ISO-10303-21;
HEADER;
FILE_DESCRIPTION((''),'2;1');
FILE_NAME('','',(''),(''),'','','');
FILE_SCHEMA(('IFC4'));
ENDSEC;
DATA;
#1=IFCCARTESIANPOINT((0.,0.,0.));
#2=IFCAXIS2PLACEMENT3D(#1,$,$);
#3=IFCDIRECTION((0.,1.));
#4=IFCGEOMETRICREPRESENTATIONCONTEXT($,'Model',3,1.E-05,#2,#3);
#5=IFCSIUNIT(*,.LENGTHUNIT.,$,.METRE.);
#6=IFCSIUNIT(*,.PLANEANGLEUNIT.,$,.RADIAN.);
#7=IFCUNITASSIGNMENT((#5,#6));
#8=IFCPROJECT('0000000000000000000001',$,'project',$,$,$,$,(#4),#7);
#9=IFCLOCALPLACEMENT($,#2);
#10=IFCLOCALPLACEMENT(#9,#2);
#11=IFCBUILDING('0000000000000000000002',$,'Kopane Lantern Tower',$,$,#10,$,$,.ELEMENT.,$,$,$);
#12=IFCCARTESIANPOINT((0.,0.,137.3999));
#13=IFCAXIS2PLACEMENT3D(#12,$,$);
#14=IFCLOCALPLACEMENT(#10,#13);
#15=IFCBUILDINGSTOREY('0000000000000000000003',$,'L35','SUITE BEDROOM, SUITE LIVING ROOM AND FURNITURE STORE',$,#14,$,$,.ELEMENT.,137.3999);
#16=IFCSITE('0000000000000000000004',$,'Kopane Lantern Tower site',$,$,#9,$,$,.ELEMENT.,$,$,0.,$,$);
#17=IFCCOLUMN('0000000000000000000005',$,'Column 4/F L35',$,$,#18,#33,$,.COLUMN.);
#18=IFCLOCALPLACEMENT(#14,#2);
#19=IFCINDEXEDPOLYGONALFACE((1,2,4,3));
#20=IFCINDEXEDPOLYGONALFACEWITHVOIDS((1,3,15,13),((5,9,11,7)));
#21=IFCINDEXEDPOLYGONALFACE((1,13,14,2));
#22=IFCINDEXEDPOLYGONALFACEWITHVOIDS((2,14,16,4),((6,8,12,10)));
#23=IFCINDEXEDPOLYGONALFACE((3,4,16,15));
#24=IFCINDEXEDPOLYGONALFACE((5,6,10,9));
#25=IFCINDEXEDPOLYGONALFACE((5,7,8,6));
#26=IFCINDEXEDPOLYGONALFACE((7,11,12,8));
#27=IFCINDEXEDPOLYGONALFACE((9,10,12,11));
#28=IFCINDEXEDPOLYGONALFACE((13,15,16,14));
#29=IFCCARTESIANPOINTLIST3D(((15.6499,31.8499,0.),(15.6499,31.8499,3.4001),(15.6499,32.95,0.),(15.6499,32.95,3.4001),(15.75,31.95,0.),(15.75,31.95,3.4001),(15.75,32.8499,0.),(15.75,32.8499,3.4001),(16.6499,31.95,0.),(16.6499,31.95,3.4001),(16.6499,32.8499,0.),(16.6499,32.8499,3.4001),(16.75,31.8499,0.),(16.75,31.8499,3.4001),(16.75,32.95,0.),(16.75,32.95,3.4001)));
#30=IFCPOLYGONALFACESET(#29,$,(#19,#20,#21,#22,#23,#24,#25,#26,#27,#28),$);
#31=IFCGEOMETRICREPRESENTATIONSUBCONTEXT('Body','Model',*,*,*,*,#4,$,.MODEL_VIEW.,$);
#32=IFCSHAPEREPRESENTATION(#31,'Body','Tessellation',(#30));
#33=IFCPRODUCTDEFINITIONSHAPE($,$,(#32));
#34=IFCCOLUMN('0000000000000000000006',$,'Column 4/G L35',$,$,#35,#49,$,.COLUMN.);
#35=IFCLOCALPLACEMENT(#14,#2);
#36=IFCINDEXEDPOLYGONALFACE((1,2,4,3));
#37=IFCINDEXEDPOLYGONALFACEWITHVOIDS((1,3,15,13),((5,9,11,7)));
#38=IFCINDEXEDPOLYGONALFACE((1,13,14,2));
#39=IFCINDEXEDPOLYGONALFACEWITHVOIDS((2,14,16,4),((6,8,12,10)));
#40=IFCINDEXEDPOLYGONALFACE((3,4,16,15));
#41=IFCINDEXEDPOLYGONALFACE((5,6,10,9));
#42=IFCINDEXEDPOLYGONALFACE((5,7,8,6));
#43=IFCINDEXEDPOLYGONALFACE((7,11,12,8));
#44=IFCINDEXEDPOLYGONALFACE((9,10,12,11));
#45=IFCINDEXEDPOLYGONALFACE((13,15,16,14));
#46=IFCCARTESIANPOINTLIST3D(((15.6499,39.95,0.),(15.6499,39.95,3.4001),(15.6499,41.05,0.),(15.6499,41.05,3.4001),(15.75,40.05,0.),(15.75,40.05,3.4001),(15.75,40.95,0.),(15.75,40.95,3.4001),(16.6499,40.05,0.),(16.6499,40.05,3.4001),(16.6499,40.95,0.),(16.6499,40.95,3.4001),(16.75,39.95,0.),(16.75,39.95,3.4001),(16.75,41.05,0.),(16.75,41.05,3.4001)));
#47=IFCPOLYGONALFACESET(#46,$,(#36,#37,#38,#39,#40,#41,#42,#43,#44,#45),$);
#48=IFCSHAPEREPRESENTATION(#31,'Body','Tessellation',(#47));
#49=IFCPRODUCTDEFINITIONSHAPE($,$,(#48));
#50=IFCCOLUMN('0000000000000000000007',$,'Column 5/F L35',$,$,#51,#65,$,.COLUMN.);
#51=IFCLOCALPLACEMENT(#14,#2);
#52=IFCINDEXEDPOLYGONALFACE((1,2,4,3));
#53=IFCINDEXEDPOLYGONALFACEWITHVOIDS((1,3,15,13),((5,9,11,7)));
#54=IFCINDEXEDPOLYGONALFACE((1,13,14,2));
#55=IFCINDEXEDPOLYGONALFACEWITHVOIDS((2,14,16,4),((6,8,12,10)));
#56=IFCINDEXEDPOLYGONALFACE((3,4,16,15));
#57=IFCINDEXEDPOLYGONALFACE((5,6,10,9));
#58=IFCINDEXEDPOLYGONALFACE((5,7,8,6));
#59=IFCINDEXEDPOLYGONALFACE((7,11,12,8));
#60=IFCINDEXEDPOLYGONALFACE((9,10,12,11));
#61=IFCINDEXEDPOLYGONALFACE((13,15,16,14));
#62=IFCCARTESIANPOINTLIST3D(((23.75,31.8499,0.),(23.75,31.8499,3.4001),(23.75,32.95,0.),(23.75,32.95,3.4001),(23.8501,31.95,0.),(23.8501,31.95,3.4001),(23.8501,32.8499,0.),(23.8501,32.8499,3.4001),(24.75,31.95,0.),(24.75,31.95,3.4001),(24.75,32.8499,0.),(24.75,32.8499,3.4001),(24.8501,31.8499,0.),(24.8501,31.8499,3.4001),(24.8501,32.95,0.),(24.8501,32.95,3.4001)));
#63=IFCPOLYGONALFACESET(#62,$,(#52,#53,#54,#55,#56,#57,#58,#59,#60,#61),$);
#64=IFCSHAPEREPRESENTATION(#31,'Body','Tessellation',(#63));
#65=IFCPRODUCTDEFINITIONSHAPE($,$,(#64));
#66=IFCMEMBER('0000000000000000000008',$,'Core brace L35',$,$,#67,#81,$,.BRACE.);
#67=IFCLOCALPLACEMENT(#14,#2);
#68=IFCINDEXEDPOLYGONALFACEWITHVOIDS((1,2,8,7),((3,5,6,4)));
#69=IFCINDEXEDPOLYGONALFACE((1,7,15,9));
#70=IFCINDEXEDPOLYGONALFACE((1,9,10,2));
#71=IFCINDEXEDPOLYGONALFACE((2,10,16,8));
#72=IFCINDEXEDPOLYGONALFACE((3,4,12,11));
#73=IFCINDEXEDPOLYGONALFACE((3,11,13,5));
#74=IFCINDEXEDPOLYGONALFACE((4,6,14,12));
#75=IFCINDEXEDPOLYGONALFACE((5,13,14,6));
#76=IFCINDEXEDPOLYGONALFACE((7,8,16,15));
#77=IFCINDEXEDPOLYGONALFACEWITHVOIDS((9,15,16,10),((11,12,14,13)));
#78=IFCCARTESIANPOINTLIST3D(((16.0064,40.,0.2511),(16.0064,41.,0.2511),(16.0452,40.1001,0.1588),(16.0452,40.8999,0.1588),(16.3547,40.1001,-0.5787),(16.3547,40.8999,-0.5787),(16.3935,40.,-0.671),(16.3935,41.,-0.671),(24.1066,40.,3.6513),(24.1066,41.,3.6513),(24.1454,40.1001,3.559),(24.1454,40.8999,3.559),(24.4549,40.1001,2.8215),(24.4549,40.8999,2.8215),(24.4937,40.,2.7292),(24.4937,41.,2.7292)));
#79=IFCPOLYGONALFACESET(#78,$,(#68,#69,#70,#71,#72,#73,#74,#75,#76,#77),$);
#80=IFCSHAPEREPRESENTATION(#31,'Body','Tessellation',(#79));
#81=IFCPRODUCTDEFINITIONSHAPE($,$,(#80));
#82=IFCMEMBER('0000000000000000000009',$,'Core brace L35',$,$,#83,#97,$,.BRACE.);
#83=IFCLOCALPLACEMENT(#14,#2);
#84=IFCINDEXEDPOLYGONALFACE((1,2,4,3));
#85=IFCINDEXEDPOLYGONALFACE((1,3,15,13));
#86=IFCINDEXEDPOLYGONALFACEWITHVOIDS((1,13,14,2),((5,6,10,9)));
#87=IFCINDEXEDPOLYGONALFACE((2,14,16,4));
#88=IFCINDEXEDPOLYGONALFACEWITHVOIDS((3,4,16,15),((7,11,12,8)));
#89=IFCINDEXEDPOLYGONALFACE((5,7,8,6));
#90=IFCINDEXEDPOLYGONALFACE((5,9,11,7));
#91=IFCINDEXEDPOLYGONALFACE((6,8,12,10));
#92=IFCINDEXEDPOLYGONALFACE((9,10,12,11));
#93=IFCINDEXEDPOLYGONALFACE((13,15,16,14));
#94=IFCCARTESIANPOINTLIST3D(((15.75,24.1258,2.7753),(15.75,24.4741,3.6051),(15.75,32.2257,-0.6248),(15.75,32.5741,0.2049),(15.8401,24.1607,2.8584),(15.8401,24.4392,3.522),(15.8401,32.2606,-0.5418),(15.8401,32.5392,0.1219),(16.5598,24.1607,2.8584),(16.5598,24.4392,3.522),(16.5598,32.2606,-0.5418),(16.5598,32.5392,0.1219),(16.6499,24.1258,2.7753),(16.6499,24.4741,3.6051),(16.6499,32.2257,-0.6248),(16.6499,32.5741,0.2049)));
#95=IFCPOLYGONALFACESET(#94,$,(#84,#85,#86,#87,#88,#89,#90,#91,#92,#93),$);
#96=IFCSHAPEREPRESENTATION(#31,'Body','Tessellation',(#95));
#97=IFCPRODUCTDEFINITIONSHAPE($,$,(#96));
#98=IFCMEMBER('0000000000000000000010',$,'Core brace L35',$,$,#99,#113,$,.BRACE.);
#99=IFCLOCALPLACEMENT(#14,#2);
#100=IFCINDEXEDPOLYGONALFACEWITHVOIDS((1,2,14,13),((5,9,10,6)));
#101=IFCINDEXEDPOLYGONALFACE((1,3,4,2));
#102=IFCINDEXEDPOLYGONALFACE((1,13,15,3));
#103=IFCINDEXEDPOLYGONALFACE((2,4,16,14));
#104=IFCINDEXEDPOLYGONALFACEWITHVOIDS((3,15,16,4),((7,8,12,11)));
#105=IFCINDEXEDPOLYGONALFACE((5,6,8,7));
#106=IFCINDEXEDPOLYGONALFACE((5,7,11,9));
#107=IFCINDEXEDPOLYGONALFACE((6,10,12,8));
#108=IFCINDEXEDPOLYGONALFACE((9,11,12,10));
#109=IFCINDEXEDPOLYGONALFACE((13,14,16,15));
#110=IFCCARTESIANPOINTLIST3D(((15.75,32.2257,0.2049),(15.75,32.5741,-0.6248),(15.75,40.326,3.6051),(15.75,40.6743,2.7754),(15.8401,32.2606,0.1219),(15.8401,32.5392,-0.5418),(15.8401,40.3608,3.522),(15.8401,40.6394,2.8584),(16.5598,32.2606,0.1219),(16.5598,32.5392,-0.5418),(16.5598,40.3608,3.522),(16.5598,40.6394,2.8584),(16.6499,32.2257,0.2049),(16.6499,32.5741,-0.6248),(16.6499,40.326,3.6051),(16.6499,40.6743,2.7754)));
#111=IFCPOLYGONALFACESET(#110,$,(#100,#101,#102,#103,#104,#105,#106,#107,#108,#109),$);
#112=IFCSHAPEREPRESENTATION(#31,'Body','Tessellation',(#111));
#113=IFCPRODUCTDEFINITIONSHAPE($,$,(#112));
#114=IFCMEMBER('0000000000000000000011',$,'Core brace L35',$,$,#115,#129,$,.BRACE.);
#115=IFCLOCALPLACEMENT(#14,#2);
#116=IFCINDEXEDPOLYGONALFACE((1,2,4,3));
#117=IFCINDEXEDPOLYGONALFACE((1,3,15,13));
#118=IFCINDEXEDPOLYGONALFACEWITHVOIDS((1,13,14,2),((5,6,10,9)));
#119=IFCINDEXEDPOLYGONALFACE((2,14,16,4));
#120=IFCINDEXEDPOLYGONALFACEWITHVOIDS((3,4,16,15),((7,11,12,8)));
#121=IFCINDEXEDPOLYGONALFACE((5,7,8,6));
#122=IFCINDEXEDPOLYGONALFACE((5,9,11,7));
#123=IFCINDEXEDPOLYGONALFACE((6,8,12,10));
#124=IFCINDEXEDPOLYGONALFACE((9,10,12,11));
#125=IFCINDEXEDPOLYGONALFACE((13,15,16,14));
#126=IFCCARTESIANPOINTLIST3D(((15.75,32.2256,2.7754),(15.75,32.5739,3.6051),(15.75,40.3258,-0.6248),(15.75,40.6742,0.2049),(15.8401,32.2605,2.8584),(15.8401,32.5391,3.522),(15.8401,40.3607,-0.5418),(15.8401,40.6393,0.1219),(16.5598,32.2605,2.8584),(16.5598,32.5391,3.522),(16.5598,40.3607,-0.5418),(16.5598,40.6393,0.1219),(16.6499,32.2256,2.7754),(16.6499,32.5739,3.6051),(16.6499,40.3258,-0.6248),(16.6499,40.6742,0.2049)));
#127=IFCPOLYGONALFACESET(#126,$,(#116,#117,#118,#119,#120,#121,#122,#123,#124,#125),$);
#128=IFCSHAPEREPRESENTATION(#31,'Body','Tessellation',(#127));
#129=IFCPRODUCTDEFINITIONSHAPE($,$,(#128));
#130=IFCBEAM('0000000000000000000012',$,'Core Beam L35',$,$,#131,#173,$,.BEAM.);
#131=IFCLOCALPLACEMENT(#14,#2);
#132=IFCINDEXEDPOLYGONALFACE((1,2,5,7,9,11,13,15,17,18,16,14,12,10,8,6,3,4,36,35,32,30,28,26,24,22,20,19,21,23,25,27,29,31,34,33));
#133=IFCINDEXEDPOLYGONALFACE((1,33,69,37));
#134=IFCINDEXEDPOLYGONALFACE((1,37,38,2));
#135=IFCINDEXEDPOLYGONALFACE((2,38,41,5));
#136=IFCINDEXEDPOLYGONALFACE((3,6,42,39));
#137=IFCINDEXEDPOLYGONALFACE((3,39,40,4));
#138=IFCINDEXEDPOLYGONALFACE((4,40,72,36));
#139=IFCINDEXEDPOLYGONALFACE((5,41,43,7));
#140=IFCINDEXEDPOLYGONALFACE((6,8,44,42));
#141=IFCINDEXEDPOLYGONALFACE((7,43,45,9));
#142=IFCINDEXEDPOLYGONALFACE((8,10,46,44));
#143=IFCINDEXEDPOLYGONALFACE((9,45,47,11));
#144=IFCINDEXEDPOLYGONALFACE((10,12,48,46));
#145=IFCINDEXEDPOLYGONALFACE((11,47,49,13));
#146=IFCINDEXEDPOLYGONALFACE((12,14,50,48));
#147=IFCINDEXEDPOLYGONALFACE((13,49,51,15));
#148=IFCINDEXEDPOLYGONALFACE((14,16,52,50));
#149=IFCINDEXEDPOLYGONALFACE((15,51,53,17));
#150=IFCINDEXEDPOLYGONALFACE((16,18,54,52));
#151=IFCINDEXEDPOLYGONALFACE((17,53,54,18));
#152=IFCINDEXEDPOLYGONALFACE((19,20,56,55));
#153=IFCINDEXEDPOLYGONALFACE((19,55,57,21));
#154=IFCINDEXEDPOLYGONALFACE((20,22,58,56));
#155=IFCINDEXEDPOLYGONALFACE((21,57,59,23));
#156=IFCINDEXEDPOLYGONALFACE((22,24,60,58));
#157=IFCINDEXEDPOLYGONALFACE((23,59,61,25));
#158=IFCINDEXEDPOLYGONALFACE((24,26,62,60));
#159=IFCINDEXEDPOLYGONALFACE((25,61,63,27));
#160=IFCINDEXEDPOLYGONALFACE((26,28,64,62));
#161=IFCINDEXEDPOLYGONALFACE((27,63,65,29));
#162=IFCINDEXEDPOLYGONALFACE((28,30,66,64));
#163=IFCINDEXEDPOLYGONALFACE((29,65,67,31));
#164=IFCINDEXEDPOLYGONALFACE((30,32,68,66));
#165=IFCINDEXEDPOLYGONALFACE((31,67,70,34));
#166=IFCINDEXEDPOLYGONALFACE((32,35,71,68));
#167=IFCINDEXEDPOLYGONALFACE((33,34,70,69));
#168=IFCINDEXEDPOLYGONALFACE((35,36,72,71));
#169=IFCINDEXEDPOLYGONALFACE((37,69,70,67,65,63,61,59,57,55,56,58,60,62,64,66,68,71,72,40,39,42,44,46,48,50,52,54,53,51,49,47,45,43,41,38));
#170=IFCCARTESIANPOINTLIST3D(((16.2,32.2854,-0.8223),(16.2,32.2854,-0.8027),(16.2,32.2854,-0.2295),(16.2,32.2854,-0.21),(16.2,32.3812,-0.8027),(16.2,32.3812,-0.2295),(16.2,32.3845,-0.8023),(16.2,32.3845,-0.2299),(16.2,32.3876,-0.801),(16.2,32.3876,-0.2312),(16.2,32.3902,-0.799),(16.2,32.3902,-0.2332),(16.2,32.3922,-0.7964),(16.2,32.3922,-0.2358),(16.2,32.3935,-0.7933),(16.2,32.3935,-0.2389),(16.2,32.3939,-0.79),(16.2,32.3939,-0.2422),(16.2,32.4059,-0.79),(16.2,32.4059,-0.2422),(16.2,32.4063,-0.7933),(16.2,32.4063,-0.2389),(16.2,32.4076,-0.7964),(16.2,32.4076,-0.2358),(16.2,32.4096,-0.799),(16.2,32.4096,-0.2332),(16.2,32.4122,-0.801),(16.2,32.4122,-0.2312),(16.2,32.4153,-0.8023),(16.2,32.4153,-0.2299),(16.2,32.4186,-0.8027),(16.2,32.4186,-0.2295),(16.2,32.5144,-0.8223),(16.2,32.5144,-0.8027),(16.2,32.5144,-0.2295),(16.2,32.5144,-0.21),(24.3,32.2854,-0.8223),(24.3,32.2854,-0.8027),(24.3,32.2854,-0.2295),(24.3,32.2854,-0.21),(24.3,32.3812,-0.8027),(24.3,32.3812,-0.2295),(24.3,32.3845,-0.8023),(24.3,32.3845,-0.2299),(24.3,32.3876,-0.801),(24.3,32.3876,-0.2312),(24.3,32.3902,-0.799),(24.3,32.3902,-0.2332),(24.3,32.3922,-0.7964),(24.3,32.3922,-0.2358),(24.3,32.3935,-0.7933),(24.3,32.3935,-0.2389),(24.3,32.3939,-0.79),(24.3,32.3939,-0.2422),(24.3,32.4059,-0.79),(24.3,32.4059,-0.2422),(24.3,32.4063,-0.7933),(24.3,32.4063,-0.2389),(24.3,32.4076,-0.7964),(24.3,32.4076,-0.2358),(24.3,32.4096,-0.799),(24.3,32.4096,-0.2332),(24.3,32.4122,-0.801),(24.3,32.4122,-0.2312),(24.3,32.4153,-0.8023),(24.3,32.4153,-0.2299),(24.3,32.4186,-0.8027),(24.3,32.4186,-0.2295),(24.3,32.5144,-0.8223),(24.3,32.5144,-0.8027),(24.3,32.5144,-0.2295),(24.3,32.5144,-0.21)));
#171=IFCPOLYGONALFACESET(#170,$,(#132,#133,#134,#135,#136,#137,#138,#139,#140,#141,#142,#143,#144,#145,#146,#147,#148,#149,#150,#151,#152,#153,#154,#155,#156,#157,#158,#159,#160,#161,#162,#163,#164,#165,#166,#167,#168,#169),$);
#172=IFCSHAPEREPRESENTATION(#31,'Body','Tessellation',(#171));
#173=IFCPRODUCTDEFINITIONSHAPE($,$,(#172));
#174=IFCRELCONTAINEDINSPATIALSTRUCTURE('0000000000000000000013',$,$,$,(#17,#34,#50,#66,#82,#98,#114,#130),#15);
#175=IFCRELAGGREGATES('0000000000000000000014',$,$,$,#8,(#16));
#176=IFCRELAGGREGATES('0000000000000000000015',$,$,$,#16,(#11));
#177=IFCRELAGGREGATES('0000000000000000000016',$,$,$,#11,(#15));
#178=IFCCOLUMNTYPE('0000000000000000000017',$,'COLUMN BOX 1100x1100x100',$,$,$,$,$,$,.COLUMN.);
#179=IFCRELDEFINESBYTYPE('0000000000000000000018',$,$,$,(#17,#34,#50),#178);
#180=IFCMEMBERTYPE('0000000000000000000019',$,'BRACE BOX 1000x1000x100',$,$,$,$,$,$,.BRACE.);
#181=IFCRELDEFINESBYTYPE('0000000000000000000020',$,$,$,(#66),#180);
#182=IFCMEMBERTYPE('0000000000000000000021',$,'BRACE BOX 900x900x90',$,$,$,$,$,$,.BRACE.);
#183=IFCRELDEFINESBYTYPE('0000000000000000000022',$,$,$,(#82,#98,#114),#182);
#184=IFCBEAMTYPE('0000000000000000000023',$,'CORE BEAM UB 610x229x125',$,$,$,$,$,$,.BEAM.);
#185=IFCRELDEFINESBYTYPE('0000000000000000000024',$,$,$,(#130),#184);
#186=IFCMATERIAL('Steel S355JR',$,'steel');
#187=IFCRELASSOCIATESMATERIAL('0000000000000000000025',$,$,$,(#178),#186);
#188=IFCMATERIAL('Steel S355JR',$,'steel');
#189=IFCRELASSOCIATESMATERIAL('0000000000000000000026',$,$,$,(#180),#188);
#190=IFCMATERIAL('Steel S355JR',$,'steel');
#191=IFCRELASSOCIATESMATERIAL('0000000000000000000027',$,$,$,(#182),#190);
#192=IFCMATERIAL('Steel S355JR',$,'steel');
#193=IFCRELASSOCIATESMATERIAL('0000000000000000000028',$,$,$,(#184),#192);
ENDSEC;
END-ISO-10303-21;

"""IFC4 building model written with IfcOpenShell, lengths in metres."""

from ifc_helpers import new_model, si_unit, direction, frame, origin, origin_2d, place, context, subcontext, project, spatial, hollow_rectangle, i_section, extrude, material, material_profile, profile_set, type_object, element, save


model = new_model("IFC4")

# Units and contexts
model_context = context("Model", 3, precision=1e-05, world=origin(), true_north=direction((0.0, 1.0)))
body_context = subcontext(model_context, "Body", "Model", "MODEL_VIEW")
ifc_project = project(units=[si_unit("LENGTHUNIT", "METRE"), si_unit("PLANEANGLEUNIT", "RADIAN")], contexts=[model_context])

# Site, building, storey
site_placement = place(None, origin())
site = spatial("IfcSite", under=ifc_project, at=site_placement, Name="Kopane Lantern Tower site", CompositionType="ELEMENT", RefElevation=0.0)
building_placement = place(site_placement, origin())
building = spatial("IfcBuilding", under=site, at=building_placement, Name="Kopane Lantern Tower", CompositionType="ELEMENT")
storey_placement = place(building_placement, frame((0.0, 0.0, 137.3999)))
storey = spatial("IfcBuildingStorey", under=building, at=storey_placement, Name="L35", Description="SUITE BEDROOM, SUITE LIVING ROOM AND FURNITURE STORE", CompositionType="ELEMENT", Elevation=137.3999)

# Columns
ifc_material_1 = material(Name="Steel S355JR", Category="steel")
ifc_material_profile_1 = material_profile(ifc_material_1, hollow_rectangle(XDim=1.1001, YDim=1.1001, WallThickness=0.1001, at=origin_2d()), Name="BOX 1100x1100x100")
ifc_profile_set_1 = profile_set([ifc_material_profile_1], Name="Steel S355JR")
column_type = type_object("IfcColumnType", Name="COLUMN BOX 1100x1100x100", PredefinedType="COLUMN", material=ifc_profile_set_1)
for number, where, z_axis, x_axis, name in (
    (1, (16.2, 32.3999, 0.0), (0.0, 0.0, 1.0), (1.0, 0.0, 0.0), "Column 4/F L35"),
    (2, (16.2, 40.5, 0.0), (0.0, 0.0, 1.0), (1.0, 0.0, 0.0), "Column 4/G L35"),
    (3, (24.3, 32.3999, 0.0), (0.0, 0.0, 1.0), (1.0, 0.0, 0.0), "Column 5/F L35"),
):
    element("IfcColumn", number, at=place(storey_placement, frame(where, z_axis=z_axis, x_axis=x_axis)), inside=storey, type_object=column_type, Name=name, PredefinedType="COLUMN", context=body_context, shape_type="SweptSolid", body=[
        extrude(hollow_rectangle(XDim=1.1001, YDim=1.1001, WallThickness=0.1001, at=origin_2d()), origin(), (0.0, 0.0, 1.0), 3.4001),
    ])

# Members
ifc_material_2 = material(Name="Steel S355JR", Category="steel")
ifc_material_profile_2 = material_profile(ifc_material_2, hollow_rectangle(XDim=1.0, YDim=1.0, WallThickness=0.1001, at=origin_2d()), Name="BOX 1000x1000x100")
ifc_profile_set_2 = profile_set([ifc_material_profile_2], Name="Steel S355JR")
member_type_1 = type_object("IfcMemberType", Name="BRACE BOX 1000x1000x100", PredefinedType="BRACE", material=ifc_profile_set_2)
member_1_placement = place(storey_placement, frame((16.2, 40.5, -0.21), z_axis=(0.922059, 0.0, 0.387049), x_axis=(0.0, 1.0, 0.0)))
element("IfcMember", 4, at=member_1_placement, inside=storey, type_object=member_type_1, Name="Core brace L35", PredefinedType="BRACE", context=body_context, shape_type="SweptSolid", body=[
    extrude(hollow_rectangle(XDim=1.0, YDim=1.0, WallThickness=0.1001, at=origin_2d()), origin(), (0.0, 0.0, 1.0), 8.7849),
])
ifc_material_3 = material(Name="Steel S355JR", Category="steel")
ifc_material_profile_3 = material_profile(ifc_material_3, hollow_rectangle(XDim=0.8999, YDim=0.8999, WallThickness=0.0901, at=origin_2d()), Name="BOX 900x900x90")
ifc_profile_set_3 = profile_set([ifc_material_profile_3], Name="Steel S355JR")
member_type_2 = type_object("IfcMemberType", Name="BRACE BOX 900x900x90", PredefinedType="BRACE", material=ifc_profile_set_3)
member_2_placement = place(storey_placement, frame((16.2, 32.3999, -0.21), z_axis=(0.0, -0.922055, 0.387059), x_axis=(1.0, 0.0, 0.0)))
element("IfcMember", 5, at=member_2_placement, inside=storey, type_object=member_type_2, Name="Core brace L35", PredefinedType="BRACE", context=body_context, shape_type="SweptSolid", body=[
    extrude(hollow_rectangle(XDim=0.8999, YDim=0.8999, WallThickness=0.0901, at=origin_2d()), origin(), (0.0, 0.0, 1.0), 8.7847),
])
for number, where, z_axis, x_axis, name in (
    (6, (16.2, 32.3999, -0.21), (0.0, 0.922059, 0.387049), (-1.0, 0.0, 0.0), "Core brace L35"),
    (7, (16.2, 40.5, -0.21), (0.0, -0.922059, 0.387049), (1.0, 0.0, 0.0), "Core brace L35"),
):
    element("IfcMember", number, at=place(storey_placement, frame(where, z_axis=z_axis, x_axis=x_axis)), inside=storey, type_object=member_type_2, Name=name, PredefinedType="BRACE", context=body_context, shape_type="SweptSolid", body=[
        extrude(hollow_rectangle(XDim=0.8999, YDim=0.8999, WallThickness=0.0901, at=origin_2d()), origin(), (0.0, 0.0, 1.0), 8.7849),
    ])

# Beam
ifc_material_4 = material(Name="Steel S355JR", Category="steel")
ifc_material_profile_4 = material_profile(ifc_material_4, i_section(OverallWidth=0.229, OverallDepth=0.6123, WebThickness=0.012, FlangeThickness=0.0195, FilletRadius=0.0127, at=origin_2d()), Name="UB 610x229x125")
ifc_profile_set_4 = profile_set([ifc_material_profile_4], Name="Steel S355JR")
beam_type_1 = type_object("IfcBeamType", Name="CORE BEAM UB 610x229x125", PredefinedType="BEAM", material=ifc_profile_set_4)
for number, where, z_axis, x_axis, name in (
    (8, (16.2, 32.3999, -0.5161), (1.0, 0.0, 0.0), (0.0, 1.0, 0.0), "Core Beam L35"),
):
    element("IfcBeam", number, at=place(storey_placement, frame(where, z_axis=z_axis, x_axis=x_axis)), inside=storey, type_object=beam_type_1, Name=name, PredefinedType="BEAM", context=body_context, shape_type="SweptSolid", body=[
        extrude(i_section(OverallWidth=0.229, OverallDepth=0.6123, WebThickness=0.012, FlangeThickness=0.0195, FilletRadius=0.0127, at=origin_2d()), origin(), (0.0, 0.0, 1.0), 8.1001),
    ])

save(model, "model.ifc")
